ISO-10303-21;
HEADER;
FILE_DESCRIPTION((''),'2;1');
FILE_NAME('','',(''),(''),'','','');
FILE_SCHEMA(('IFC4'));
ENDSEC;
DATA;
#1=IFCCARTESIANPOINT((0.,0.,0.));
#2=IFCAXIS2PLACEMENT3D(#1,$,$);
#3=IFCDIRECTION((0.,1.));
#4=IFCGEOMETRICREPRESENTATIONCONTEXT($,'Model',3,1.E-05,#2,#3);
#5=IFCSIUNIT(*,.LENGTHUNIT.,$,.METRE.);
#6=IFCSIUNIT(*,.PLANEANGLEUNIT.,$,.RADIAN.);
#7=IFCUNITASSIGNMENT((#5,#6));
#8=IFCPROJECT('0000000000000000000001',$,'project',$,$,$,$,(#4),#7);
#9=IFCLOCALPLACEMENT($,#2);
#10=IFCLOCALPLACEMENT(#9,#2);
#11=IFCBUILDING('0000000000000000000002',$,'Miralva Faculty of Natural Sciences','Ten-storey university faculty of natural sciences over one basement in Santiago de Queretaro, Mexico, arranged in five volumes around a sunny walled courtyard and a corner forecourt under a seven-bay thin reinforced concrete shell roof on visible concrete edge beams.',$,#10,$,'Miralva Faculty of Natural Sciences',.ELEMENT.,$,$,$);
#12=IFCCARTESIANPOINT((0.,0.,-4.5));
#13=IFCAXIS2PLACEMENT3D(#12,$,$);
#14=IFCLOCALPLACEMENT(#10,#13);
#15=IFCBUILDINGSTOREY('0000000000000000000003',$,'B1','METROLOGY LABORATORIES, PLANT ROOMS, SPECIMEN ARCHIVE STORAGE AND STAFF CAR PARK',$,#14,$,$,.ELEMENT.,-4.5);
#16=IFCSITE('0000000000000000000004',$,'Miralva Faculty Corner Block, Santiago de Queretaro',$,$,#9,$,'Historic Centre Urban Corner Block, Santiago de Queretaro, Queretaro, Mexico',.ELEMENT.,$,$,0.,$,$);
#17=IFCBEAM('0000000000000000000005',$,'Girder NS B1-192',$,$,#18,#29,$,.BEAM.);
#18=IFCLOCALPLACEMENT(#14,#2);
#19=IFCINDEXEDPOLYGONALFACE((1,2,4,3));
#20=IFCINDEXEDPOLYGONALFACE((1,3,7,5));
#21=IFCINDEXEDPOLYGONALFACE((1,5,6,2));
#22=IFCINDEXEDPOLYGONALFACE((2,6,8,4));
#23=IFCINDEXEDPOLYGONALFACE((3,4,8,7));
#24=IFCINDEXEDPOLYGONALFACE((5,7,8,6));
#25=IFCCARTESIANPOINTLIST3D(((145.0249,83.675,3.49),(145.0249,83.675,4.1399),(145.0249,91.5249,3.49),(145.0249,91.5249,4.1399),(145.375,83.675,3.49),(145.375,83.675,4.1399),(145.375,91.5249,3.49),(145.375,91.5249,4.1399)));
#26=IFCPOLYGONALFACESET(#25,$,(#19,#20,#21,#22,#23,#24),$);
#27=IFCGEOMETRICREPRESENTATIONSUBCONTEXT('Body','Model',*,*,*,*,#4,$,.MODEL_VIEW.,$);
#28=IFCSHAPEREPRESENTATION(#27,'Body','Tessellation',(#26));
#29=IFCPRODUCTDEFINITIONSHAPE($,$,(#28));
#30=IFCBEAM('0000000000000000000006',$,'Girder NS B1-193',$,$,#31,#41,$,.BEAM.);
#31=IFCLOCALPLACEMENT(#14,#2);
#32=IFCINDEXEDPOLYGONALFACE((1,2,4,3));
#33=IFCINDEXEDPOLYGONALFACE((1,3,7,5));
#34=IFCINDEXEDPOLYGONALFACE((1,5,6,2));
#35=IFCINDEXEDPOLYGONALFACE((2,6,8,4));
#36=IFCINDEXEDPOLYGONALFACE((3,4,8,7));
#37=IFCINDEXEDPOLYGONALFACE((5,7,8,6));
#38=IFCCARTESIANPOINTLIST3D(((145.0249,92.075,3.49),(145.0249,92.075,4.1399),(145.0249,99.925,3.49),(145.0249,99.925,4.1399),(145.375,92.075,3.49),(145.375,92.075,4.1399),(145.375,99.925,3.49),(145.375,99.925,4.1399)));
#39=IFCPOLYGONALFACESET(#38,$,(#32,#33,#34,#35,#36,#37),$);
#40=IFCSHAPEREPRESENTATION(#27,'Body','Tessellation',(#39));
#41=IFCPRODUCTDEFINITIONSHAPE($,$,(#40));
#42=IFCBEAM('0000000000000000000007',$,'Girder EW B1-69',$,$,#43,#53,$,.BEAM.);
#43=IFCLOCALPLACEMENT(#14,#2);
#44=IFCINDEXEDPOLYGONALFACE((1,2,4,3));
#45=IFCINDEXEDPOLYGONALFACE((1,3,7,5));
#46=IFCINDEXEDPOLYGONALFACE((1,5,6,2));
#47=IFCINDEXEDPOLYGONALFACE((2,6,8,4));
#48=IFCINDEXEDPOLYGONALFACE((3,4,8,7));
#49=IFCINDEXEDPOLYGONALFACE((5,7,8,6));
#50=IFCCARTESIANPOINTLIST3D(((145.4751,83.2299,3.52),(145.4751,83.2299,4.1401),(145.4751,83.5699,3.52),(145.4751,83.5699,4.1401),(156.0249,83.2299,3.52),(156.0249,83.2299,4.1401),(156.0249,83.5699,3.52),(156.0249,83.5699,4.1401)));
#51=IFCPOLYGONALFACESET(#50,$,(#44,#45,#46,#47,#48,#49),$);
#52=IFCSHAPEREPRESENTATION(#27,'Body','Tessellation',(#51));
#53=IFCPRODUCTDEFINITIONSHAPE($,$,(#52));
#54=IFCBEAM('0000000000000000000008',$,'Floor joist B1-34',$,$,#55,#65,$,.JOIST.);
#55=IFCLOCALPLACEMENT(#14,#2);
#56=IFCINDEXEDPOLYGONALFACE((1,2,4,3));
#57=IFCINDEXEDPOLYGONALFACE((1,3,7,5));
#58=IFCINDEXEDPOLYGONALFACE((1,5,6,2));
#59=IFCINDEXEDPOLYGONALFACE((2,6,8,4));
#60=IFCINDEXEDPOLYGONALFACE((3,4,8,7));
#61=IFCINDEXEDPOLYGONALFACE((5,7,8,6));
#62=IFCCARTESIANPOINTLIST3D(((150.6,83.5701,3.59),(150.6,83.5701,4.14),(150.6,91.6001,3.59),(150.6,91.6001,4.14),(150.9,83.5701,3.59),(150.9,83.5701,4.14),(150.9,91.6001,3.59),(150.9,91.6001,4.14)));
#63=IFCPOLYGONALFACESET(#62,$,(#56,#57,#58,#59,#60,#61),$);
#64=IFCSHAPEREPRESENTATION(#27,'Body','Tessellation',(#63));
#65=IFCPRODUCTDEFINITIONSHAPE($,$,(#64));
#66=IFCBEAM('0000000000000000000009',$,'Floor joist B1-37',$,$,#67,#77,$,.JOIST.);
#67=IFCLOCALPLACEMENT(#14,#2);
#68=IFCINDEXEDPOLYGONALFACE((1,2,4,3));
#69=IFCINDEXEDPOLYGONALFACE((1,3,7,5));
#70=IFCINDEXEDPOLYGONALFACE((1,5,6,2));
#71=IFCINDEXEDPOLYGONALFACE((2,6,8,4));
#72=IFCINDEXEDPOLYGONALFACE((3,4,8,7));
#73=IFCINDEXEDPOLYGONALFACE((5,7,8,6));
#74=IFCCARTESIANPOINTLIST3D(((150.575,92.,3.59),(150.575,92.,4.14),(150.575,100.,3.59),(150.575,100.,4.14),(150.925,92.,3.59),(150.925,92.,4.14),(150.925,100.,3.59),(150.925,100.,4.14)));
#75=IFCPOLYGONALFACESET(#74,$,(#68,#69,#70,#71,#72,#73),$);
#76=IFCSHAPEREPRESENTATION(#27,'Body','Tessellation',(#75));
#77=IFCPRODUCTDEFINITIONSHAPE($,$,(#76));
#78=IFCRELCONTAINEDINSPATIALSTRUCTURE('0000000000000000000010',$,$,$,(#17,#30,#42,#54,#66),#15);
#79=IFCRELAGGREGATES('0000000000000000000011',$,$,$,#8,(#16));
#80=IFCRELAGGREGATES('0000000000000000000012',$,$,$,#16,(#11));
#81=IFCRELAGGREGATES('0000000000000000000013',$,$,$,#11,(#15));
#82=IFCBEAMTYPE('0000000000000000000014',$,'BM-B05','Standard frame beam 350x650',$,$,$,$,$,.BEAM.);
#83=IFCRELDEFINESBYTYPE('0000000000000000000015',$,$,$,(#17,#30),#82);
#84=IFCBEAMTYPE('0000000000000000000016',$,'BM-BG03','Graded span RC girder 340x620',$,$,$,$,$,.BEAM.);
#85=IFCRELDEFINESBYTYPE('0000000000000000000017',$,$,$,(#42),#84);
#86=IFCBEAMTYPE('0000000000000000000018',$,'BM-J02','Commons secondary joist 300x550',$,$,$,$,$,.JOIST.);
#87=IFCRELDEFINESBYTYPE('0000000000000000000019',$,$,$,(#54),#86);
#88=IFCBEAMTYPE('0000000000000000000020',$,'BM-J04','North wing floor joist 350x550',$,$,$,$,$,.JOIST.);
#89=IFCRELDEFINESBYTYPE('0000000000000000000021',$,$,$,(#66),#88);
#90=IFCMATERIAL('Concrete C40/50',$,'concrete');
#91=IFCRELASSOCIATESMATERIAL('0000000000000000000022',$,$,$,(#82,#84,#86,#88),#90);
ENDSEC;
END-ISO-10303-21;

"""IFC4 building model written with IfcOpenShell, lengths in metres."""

from ifc_helpers import new_model, si_unit, direction, frame, origin, origin_2d, place, context, subcontext, project, spatial, rectangle, extrude, material, material_profile, profile_set, type_object, element, save


model = new_model("IFC4")

# Units and contexts
model_context = context("Model", 3, precision=1e-05, world=origin(), true_north=direction((0.0, 1.0)))
body_context = subcontext(model_context, "Body", "Model", "MODEL_VIEW")
ifc_project = project(units=[si_unit("LENGTHUNIT", "METRE"), si_unit("PLANEANGLEUNIT", "RADIAN")], contexts=[model_context])

# Site, building, storey
site_placement = place(None, origin())
site = spatial("IfcSite", under=ifc_project, at=site_placement, Name="Miralva Faculty Corner Block, Santiago de Queretaro", LongName="Historic Centre Urban Corner Block, Santiago de Queretaro, Queretaro, Mexico", CompositionType="ELEMENT", RefElevation=0.0)
building_placement = place(site_placement, origin())
building = spatial("IfcBuilding", under=site, at=building_placement, Name="Miralva Faculty of Natural Sciences", Description="Ten-storey university faculty of natural sciences over one basement in Santiago de Queretaro, Mexico, arranged in five volumes around a sunny walled courtyard and a corner forecourt under a seven-bay thin reinforced concrete shell roof on visible concrete edge beams.", LongName="Miralva Faculty of Natural Sciences", CompositionType="ELEMENT")
storey_placement = place(building_placement, frame((0.0, 0.0, -4.5)))
storey = spatial("IfcBuildingStorey", under=building, at=storey_placement, Name="B1", Description="METROLOGY LABORATORIES, PLANT ROOMS, SPECIMEN ARCHIVE STORAGE AND STAFF CAR PARK", CompositionType="ELEMENT", Elevation=-4.5)

# Shared definitions
ifc_material_1 = material(Name="Concrete C40/50", Category="concrete")

# Beams
ifc_material_profile_1 = material_profile(ifc_material_1, rectangle(XDim=0.3501, YDim=0.6499, at=origin_2d()), Name="RC 350x650")
ifc_profile_set_1 = profile_set([ifc_material_profile_1], Name="Concrete C40/50")
beam_type_1 = type_object("IfcBeamType", Name="BM-B05", Description="Standard frame beam 350x650", PredefinedType="BEAM", material=ifc_profile_set_1)
beam_1_placement = place(storey_placement, frame((145.2, 83.675, 3.8149), z_axis=(0.0, 1.0, 0.0), x_axis=(-1.0, 0.0, 0.0)))
element("IfcBeam", 1, at=beam_1_placement, inside=storey, type_object=beam_type_1, Name="Girder NS B1-192", PredefinedType="BEAM", context=body_context, shape_type="SweptSolid", body=[
    extrude(rectangle(XDim=0.3501, YDim=0.6499, at=origin_2d()), origin(), (0.0, 0.0, 1.0), 7.8499),
])
beam_2_placement = place(storey_placement, frame((145.2, 92.075, 3.8149), z_axis=(0.0, 1.0, 0.0), x_axis=(-1.0, 0.0, 0.0)))
element("IfcBeam", 2, at=beam_2_placement, inside=storey, type_object=beam_type_1, Name="Girder NS B1-193", PredefinedType="BEAM", context=body_context, shape_type="SweptSolid", body=[
    extrude(rectangle(XDim=0.3501, YDim=0.6499, at=origin_2d()), origin(), (0.0, 0.0, 1.0), 7.8501),
])
ifc_material_profile_2 = material_profile(ifc_material_1, rectangle(XDim=0.3401, YDim=0.6201, at=origin_2d()), Name="RC 340x620")
ifc_profile_set_2 = profile_set([ifc_material_profile_2], Name="Concrete C40/50")
beam_type_2 = type_object("IfcBeamType", Name="BM-BG03", Description="Graded span RC girder 340x620", PredefinedType="BEAM", material=ifc_profile_set_2)
beam_3_placement = place(storey_placement, frame((145.4751, 83.3999, 3.8301), z_axis=(1.0, 0.0, 0.0), x_axis=(0.0, 1.0, 0.0)))
element("IfcBeam", 3, at=beam_3_placement, inside=storey, type_object=beam_type_2, Name="Girder EW B1-69", PredefinedType="BEAM", context=body_context, shape_type="SweptSolid", body=[
    extrude(rectangle(XDim=0.3401, YDim=0.6201, at=origin_2d()), origin(), (0.0, 0.0, 1.0), 10.5498),
])
ifc_material_profile_3 = material_profile(ifc_material_1, rectangle(XDim=0.3, YDim=0.55, at=origin_2d()), Name="RC 300x550")
ifc_profile_set_3 = profile_set([ifc_material_profile_3], Name="Concrete C40/50")
beam_type_3 = type_object("IfcBeamType", Name="BM-J02", Description="Commons secondary joist 300x550", PredefinedType="JOIST", material=ifc_profile_set_3)
beam_4_placement = place(storey_placement, frame((150.75, 83.5701, 3.865), z_axis=(0.0, 1.0, 0.0), x_axis=(-1.0, 0.0, 0.0)))
element("IfcBeam", 4, at=beam_4_placement, inside=storey, type_object=beam_type_3, Name="Floor joist B1-34", PredefinedType="JOIST", context=body_context, shape_type="SweptSolid", body=[
    extrude(rectangle(XDim=0.3, YDim=0.55, at=origin_2d()), origin(), (0.0, 0.0, 1.0), 8.03),
])
ifc_material_profile_4 = material_profile(ifc_material_1, rectangle(XDim=0.3501, YDim=0.55, at=origin_2d()), Name="RC 350x550")
ifc_profile_set_4 = profile_set([ifc_material_profile_4], Name="Concrete C40/50")
beam_type_4 = type_object("IfcBeamType", Name="BM-J04", Description="North wing floor joist 350x550", PredefinedType="JOIST", material=ifc_profile_set_4)
beam_5_placement = place(storey_placement, frame((150.75, 92.0, 3.865), z_axis=(0.0, 1.0, 0.0), x_axis=(-1.0, 0.0, 0.0)))
element("IfcBeam", 5, at=beam_5_placement, inside=storey, type_object=beam_type_4, Name="Floor joist B1-37", PredefinedType="JOIST", context=body_context, shape_type="SweptSolid", body=[
    extrude(rectangle(XDim=0.3501, YDim=0.55, at=origin_2d()), origin(), (0.0, 0.0, 1.0), 8.0),
])

save(model, "model.ifc")
